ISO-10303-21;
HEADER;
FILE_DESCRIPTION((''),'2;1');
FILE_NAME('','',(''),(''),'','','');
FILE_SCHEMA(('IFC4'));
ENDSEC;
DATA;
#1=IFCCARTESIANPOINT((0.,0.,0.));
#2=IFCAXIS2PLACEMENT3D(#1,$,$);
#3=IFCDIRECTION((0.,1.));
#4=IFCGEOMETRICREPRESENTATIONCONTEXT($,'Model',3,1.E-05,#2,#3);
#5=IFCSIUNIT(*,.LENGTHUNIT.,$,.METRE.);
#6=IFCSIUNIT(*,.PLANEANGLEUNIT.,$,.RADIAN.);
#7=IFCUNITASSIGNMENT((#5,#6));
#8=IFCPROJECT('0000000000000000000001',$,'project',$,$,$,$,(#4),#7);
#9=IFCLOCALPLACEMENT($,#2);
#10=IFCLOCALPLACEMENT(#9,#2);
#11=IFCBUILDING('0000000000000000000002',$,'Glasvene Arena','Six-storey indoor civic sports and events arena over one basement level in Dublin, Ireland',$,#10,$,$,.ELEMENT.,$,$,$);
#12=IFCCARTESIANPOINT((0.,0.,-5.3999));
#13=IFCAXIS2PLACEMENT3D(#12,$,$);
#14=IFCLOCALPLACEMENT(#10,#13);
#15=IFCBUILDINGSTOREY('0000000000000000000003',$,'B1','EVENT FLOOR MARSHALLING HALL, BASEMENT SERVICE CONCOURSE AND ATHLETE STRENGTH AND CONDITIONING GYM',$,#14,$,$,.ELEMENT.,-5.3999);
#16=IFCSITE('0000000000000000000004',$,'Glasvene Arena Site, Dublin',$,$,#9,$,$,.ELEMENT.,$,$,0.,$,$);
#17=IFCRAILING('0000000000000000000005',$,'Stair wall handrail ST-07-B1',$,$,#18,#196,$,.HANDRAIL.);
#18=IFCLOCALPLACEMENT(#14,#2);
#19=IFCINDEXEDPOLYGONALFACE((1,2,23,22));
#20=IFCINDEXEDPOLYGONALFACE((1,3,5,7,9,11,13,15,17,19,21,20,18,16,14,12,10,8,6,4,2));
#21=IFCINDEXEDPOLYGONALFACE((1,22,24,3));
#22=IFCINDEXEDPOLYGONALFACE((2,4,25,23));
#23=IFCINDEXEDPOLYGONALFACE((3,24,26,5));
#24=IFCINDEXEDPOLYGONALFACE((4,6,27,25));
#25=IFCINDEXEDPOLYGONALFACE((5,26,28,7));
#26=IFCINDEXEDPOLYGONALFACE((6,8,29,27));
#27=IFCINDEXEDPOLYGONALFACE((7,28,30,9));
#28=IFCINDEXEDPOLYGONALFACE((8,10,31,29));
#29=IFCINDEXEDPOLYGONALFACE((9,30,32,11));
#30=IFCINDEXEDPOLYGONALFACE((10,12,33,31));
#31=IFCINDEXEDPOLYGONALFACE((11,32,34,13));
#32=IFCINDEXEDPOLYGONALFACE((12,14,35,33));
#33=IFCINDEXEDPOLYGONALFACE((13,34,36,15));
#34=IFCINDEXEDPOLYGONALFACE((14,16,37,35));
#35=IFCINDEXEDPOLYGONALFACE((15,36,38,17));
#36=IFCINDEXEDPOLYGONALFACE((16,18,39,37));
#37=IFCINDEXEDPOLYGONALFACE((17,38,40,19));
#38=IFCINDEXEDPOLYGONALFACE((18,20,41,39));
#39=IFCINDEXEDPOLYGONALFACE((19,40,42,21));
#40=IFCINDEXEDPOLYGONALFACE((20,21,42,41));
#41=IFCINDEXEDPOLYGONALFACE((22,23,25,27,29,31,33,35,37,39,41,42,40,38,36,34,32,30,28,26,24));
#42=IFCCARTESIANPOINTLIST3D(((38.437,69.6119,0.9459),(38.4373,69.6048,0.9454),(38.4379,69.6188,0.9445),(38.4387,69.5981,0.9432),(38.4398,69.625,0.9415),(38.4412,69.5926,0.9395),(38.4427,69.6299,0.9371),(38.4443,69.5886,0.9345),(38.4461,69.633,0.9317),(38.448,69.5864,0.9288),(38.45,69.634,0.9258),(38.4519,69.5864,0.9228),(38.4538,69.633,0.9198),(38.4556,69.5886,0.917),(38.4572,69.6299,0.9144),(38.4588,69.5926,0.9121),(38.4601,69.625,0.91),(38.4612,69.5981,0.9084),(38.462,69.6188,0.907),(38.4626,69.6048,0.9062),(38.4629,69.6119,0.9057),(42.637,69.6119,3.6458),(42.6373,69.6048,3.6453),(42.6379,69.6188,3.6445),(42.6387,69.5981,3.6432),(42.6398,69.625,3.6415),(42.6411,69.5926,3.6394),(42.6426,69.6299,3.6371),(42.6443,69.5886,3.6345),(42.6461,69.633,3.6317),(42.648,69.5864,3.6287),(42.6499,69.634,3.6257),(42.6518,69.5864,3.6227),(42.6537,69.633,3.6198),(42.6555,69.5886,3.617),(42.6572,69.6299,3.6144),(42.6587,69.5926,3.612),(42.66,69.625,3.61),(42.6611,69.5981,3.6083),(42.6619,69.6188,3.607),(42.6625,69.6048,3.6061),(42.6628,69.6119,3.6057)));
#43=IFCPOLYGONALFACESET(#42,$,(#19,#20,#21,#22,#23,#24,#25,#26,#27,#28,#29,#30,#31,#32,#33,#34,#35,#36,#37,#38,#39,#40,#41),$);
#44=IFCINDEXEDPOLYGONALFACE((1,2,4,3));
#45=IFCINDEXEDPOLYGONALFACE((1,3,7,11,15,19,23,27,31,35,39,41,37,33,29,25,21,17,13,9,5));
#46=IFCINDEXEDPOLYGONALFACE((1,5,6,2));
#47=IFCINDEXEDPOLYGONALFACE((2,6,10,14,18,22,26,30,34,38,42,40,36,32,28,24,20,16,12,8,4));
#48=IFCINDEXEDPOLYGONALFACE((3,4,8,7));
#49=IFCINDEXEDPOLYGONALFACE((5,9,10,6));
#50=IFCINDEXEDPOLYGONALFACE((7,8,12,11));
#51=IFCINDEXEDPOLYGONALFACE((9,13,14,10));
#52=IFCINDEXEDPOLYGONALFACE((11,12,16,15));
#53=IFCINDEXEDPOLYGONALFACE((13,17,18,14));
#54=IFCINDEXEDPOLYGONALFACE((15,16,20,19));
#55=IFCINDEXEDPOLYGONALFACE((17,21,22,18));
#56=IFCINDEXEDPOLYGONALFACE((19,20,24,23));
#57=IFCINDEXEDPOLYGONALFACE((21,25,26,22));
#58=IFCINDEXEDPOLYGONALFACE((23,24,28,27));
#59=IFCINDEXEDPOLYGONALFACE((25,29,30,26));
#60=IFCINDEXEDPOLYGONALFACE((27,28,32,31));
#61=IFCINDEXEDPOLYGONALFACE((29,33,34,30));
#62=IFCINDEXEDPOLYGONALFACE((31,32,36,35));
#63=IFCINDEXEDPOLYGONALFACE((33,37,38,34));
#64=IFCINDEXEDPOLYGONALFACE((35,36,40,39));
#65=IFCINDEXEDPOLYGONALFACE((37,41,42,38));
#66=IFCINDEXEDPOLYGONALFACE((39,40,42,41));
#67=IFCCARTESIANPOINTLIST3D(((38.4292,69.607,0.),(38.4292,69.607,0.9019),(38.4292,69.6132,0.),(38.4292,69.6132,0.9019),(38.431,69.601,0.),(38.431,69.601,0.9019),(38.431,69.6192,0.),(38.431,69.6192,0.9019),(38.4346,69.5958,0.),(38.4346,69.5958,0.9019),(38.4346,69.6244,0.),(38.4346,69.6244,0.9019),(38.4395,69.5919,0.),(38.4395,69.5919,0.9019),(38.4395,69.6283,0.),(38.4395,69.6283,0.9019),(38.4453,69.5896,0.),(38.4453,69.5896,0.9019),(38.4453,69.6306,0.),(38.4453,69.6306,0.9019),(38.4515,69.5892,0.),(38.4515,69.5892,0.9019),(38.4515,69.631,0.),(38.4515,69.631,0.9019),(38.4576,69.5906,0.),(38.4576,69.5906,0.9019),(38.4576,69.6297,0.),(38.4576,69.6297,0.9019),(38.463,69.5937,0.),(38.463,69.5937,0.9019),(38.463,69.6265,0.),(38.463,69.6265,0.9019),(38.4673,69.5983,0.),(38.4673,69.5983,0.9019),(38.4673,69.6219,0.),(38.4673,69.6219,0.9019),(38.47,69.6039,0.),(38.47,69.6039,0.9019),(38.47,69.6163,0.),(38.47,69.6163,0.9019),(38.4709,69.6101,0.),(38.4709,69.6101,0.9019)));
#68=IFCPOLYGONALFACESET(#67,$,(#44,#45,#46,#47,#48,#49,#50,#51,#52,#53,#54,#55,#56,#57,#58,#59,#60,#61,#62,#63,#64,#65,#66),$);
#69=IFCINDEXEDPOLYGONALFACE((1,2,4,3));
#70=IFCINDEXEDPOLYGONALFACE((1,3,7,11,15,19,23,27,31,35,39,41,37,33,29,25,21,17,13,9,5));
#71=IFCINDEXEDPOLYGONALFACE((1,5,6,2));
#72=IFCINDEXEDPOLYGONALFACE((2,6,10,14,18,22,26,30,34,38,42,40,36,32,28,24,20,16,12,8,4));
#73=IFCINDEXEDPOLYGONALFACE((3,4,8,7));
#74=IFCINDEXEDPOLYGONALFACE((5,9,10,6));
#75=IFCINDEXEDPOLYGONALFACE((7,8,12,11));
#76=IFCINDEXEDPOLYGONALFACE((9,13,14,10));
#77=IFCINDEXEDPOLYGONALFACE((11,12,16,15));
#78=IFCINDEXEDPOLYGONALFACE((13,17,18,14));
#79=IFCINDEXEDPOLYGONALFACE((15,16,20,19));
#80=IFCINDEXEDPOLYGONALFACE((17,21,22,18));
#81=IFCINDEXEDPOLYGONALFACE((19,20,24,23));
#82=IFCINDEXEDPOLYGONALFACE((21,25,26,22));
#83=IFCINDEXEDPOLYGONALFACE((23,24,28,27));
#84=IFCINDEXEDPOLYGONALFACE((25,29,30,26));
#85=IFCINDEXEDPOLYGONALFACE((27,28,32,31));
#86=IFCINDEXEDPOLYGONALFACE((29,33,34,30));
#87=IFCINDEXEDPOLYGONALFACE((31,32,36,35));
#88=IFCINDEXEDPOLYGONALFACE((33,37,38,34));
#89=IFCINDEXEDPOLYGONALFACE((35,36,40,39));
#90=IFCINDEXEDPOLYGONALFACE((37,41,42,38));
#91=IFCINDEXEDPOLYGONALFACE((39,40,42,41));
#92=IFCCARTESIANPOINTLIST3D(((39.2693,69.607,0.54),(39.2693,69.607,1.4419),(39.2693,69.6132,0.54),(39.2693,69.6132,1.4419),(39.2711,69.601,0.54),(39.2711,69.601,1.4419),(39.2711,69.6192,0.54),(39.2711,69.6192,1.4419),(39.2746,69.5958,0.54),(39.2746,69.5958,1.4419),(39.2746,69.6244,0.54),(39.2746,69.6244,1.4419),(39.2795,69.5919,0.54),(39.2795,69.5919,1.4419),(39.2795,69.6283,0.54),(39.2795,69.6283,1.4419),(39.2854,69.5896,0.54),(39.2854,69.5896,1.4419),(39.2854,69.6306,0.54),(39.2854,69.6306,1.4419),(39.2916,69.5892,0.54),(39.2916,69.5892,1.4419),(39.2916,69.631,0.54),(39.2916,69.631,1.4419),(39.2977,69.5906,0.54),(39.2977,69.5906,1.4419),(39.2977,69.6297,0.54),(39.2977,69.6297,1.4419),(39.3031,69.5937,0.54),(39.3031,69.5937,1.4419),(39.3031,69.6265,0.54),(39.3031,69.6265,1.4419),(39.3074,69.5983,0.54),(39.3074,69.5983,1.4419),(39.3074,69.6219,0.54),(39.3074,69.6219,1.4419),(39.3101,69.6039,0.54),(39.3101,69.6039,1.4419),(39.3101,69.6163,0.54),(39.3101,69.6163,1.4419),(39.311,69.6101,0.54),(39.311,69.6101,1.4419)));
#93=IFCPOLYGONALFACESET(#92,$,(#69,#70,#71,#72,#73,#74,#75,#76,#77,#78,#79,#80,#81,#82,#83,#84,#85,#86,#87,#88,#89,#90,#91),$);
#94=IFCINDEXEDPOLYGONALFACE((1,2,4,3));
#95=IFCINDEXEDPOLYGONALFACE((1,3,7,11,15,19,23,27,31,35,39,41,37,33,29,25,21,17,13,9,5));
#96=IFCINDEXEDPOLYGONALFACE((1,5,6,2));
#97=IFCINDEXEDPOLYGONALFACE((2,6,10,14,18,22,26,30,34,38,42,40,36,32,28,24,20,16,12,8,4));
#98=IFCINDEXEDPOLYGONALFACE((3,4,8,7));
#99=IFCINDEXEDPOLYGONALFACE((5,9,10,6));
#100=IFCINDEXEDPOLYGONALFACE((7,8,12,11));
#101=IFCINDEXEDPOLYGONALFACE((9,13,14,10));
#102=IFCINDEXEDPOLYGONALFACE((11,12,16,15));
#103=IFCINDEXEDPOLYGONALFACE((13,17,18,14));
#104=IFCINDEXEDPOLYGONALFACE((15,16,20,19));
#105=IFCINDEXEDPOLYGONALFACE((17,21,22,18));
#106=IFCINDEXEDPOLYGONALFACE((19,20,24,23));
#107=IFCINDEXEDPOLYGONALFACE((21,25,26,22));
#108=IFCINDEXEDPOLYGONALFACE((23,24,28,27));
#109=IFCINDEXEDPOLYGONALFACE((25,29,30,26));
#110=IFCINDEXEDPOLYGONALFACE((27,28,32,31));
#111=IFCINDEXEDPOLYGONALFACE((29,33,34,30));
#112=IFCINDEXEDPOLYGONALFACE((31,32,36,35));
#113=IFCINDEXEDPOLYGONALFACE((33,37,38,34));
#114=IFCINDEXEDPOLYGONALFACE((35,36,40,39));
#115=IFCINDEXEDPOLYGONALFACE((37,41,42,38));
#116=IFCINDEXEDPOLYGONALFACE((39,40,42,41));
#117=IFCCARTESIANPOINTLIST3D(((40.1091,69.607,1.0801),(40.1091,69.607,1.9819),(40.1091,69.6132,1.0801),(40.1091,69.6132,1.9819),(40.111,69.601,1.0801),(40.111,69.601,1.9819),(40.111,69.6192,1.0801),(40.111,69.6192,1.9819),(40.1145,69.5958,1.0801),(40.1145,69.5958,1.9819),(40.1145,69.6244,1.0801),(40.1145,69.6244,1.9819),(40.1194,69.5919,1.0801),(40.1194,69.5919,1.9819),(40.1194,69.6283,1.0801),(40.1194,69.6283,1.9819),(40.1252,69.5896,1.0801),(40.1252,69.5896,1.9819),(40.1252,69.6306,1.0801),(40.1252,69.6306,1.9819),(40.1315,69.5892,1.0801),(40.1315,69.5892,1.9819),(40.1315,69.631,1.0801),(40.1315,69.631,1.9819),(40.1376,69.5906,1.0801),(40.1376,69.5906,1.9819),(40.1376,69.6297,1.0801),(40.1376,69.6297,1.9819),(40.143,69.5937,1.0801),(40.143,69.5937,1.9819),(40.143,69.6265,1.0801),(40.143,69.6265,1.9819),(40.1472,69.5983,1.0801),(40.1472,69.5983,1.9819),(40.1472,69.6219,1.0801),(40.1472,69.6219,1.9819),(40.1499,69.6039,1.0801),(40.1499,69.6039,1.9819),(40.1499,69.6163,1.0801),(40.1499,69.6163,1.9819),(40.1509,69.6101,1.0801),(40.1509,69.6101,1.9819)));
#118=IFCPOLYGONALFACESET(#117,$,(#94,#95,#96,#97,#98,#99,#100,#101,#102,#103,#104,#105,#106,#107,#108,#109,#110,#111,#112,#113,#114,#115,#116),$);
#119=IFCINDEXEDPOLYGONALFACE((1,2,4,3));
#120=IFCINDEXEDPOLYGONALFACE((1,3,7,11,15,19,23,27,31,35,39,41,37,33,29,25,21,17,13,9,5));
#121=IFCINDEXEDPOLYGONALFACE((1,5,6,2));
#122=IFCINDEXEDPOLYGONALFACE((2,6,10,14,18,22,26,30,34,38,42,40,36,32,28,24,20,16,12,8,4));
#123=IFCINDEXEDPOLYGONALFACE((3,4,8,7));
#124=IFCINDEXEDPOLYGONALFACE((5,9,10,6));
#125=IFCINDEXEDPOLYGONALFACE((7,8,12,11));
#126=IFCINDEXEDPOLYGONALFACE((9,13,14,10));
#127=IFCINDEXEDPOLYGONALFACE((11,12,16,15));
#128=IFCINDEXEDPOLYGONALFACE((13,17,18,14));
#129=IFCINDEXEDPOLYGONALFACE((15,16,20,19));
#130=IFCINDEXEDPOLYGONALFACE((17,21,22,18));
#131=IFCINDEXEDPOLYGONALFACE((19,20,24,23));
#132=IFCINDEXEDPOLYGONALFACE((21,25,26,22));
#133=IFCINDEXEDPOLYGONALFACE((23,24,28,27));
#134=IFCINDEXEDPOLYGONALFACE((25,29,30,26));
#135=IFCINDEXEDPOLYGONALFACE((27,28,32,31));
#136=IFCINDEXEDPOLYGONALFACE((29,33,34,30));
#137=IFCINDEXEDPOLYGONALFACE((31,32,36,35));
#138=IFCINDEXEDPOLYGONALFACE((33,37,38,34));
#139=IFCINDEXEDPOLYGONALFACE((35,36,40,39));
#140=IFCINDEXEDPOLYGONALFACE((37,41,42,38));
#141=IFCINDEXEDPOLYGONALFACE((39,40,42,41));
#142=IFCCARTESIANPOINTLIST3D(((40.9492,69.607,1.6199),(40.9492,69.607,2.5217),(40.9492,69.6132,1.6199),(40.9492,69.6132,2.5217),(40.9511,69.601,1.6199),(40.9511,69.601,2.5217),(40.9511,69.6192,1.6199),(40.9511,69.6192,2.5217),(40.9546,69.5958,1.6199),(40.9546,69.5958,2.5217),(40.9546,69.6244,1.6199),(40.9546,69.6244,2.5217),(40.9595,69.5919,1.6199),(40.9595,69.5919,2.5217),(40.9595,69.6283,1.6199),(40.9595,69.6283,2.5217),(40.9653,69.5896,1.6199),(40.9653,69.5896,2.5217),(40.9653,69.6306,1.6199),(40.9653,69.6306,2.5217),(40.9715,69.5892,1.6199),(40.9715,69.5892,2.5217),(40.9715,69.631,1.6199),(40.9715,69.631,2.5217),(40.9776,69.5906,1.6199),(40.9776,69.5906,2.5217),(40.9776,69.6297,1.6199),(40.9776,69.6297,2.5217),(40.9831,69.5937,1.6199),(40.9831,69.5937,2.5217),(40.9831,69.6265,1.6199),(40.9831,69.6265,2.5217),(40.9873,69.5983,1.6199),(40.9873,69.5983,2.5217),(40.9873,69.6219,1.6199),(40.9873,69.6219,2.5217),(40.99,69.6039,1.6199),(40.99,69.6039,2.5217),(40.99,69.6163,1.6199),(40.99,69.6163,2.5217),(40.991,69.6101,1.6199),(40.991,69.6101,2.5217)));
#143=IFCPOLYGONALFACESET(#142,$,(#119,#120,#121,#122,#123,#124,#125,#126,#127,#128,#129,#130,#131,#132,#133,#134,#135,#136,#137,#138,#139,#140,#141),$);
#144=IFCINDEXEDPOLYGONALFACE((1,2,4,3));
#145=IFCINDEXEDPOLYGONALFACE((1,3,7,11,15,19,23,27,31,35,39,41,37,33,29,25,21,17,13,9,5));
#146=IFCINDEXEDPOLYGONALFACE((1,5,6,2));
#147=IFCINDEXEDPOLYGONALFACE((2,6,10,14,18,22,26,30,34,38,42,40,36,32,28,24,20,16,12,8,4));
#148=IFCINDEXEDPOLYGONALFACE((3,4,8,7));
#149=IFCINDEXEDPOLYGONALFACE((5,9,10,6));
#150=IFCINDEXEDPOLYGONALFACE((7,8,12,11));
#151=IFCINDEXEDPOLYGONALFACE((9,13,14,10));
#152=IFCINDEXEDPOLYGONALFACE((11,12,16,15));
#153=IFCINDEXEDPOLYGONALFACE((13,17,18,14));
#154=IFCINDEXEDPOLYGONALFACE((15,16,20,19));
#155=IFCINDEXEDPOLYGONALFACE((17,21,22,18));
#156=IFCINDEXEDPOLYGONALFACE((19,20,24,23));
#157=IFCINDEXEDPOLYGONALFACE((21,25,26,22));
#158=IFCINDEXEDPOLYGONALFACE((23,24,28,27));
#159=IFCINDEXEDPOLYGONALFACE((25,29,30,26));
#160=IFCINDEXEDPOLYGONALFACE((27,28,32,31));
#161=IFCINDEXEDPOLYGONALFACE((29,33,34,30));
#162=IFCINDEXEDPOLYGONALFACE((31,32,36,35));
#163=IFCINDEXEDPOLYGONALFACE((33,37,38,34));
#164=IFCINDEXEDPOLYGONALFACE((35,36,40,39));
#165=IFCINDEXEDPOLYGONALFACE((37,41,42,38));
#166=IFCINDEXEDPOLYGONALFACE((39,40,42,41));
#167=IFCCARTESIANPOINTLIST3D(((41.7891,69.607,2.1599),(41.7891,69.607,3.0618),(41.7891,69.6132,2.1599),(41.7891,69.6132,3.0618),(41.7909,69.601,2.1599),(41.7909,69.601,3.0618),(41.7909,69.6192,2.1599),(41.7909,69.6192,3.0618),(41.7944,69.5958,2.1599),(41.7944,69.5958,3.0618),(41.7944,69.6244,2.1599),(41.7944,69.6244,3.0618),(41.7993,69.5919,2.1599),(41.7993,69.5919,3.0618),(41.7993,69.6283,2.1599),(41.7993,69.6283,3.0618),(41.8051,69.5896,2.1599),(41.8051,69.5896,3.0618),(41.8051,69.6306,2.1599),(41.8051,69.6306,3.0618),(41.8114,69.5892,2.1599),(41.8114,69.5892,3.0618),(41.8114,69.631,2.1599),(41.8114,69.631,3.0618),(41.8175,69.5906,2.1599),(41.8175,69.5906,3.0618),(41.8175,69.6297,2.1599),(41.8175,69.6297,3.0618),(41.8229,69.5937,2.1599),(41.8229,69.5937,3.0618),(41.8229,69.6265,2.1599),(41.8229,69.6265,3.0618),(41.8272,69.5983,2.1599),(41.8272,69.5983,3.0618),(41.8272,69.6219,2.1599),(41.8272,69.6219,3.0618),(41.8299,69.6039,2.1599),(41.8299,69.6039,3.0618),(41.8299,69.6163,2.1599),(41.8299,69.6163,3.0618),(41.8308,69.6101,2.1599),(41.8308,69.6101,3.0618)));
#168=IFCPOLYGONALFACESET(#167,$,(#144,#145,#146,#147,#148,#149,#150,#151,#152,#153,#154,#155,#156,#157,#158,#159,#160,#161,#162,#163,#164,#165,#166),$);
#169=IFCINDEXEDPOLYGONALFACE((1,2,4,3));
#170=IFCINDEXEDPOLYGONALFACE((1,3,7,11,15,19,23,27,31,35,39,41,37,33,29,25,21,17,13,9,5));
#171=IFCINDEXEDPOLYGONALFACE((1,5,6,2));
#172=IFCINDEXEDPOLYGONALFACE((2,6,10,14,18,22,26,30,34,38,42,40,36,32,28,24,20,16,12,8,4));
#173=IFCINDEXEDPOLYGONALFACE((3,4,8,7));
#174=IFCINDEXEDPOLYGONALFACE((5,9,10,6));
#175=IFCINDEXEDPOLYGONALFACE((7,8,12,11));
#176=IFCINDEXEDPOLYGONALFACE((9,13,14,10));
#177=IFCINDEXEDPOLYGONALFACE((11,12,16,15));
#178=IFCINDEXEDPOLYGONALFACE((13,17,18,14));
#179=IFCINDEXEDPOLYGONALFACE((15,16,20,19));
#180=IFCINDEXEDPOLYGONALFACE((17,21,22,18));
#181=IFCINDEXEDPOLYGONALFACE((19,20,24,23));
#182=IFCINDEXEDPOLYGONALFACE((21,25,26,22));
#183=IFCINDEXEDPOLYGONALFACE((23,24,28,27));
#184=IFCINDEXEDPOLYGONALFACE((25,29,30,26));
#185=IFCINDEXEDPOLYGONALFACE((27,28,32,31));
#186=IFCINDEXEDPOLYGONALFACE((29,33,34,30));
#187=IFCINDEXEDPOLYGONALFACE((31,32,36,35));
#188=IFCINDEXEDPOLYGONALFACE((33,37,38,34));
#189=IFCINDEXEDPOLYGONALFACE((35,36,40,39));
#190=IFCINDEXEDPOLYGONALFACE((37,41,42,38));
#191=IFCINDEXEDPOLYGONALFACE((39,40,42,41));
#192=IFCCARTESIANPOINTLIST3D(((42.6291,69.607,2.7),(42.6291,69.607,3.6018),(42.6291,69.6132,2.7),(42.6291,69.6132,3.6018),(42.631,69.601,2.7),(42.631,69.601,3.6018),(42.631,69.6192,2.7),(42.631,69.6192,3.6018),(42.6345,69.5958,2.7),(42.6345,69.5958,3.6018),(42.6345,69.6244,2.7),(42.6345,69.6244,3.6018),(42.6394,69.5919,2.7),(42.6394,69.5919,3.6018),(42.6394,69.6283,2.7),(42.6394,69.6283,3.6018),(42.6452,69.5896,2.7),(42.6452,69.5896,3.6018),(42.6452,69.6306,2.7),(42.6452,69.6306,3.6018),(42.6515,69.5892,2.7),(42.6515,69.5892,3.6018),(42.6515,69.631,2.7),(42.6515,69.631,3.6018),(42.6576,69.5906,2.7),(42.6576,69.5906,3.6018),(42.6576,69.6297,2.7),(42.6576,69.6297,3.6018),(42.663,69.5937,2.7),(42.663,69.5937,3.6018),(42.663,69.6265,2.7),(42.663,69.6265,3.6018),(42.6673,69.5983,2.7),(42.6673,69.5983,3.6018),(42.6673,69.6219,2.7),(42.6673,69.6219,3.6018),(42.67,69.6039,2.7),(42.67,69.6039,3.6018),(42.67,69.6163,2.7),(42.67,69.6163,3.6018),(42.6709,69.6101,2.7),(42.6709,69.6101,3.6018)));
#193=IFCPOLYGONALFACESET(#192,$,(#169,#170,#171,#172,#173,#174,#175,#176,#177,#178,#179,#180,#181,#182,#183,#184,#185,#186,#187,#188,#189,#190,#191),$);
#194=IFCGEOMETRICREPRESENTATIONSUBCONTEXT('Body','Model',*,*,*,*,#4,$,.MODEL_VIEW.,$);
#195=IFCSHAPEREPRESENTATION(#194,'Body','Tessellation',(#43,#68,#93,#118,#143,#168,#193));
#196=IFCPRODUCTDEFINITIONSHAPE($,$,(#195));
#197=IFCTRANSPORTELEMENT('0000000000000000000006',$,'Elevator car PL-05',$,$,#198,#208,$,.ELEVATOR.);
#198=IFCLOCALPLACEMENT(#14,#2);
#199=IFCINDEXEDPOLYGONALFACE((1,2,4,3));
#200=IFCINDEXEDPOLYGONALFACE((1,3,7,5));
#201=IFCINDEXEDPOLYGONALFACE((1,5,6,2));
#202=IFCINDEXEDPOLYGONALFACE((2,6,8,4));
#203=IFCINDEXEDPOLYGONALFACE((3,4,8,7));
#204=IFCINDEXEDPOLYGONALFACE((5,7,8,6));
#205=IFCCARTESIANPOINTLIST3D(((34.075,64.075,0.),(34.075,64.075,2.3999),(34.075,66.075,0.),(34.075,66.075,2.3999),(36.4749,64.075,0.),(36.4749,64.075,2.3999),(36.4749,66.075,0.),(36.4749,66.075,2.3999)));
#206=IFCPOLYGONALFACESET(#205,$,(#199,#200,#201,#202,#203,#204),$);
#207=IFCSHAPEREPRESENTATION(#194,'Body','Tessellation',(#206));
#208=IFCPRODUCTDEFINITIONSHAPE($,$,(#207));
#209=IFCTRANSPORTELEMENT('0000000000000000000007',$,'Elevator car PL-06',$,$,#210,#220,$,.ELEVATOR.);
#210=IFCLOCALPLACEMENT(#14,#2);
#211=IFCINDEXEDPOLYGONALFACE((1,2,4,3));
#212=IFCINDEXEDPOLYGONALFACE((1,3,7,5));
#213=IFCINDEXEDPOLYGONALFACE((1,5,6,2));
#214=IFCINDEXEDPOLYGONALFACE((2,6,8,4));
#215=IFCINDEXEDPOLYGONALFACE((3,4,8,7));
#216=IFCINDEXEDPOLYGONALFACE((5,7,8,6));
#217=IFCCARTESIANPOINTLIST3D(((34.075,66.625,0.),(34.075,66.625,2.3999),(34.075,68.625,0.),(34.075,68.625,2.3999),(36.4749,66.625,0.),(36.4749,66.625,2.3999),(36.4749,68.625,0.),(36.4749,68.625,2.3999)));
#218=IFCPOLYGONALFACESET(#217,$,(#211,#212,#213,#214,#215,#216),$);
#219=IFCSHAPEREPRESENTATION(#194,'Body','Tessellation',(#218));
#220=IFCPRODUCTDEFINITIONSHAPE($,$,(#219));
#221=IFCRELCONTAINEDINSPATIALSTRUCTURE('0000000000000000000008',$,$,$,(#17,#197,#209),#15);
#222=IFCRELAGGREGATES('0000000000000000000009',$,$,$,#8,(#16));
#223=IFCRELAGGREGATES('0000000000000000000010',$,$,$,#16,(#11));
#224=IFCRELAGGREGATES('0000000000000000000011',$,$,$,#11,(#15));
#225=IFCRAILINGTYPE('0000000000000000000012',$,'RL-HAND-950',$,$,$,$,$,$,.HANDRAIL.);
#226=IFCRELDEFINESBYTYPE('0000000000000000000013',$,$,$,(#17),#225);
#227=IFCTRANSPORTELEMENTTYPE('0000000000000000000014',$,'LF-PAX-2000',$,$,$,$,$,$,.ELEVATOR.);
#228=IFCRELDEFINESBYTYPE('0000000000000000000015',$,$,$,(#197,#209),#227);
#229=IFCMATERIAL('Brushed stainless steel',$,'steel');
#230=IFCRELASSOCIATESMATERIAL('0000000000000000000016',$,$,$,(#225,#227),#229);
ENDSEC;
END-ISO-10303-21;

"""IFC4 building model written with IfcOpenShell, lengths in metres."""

from ifc_helpers import new_model, si_unit, direction, frame, origin, origin_2d, place, context, subcontext, project, spatial, rectangle, circle, extrude, material, type_object, element, save


model = new_model("IFC4")

# Units and contexts
model_context = context("Model", 3, precision=1e-05, world=origin(), true_north=direction((0.0, 1.0)))
body_context = subcontext(model_context, "Body", "Model", "MODEL_VIEW")
ifc_project = project(units=[si_unit("LENGTHUNIT", "METRE"), si_unit("PLANEANGLEUNIT", "RADIAN")], contexts=[model_context])

# Site, building, storey
site_placement = place(None, origin())
site = spatial("IfcSite", under=ifc_project, at=site_placement, Name="Glasvene Arena Site, Dublin", CompositionType="ELEMENT", RefElevation=0.0)
building_placement = place(site_placement, origin())
building = spatial("IfcBuilding", under=site, at=building_placement, Name="Glasvene Arena", Description="Six-storey indoor civic sports and events arena over one basement level in Dublin, Ireland", CompositionType="ELEMENT")
storey_placement = place(building_placement, frame((0.0, 0.0, -5.3999)))
storey = spatial("IfcBuildingStorey", under=building, at=storey_placement, Name="B1", Description="EVENT FLOOR MARSHALLING HALL, BASEMENT SERVICE CONCOURSE AND ATHLETE STRENGTH AND CONDITIONING GYM", CompositionType="ELEMENT", Elevation=-5.3999)

# Shared definitions
ifc_material_1 = material(Name="Brushed stainless steel", Category="steel")

# Railing
railing_type_1 = type_object("IfcRailingType", Name="RL-HAND-950", PredefinedType="HANDRAIL", material=ifc_material_1)
railing_1_placement = place(storey_placement, frame((38.45, 69.6101, 0.0)))
element("IfcRailing", 1, at=railing_1_placement, inside=storey, type_object=railing_type_1, Name="Stair wall handrail ST-07-B1", PredefinedType="HANDRAIL", context=body_context, shape_type="SweptSolid", body=[
    extrude(circle(Radius=0.0239, at=origin_2d()), frame((0.0, 0.0, 0.9258), z_axis=(0.84118, 0.0, 0.540755), x_axis=(0.0, 1.0, 0.0)), (0.0, 0.0, 1.0), 4.9929),
    extrude(circle(Radius=0.021, at=origin_2d()), origin(), (0.0, 0.0, 1.0), 0.9019),
    extrude(circle(Radius=0.021, at=origin_2d()), frame((0.8401, 0.0, 0.54)), (0.0, 0.0, 1.0), 0.9019),
    extrude(circle(Radius=0.021, at=origin_2d()), frame((1.6799, 0.0, 1.0801)), (0.0, 0.0, 1.0), 0.9019),
    extrude(circle(Radius=0.021, at=origin_2d()), frame((2.52, 0.0, 1.6199)), (0.0, 0.0, 1.0), 0.9019),
    extrude(circle(Radius=0.021, at=origin_2d()), frame((3.3599, 0.0, 2.1599)), (0.0, 0.0, 1.0), 0.9019),
    extrude(circle(Radius=0.021, at=origin_2d()), frame((4.2, 0.0, 2.7)), (0.0, 0.0, 1.0), 0.9019),
])

# Transport elements
transport_element_type = type_object("IfcTransportElementType", Name="LF-PAX-2000", PredefinedType="ELEVATOR", material=ifc_material_1)
for number, where, z_axis, x_axis, name in (
    (2, (35.2749, 65.075, 0.0), (0.0, 0.0, 1.0), (1.0, 0.0, 0.0), "Elevator car PL-05"),
    (3, (35.2749, 67.625, 0.0), (0.0, 0.0, 1.0), (1.0, 0.0, 0.0), "Elevator car PL-06"),
):
    element("IfcTransportElement", number, at=place(storey_placement, frame(where, z_axis=z_axis, x_axis=x_axis)), inside=storey, type_object=transport_element_type, Name=name, PredefinedType="ELEVATOR", context=body_context, shape_type="SweptSolid", body=[
        extrude(rectangle(XDim=2.3999, YDim=2.0, at=origin_2d()), origin(), (0.0, 0.0, 1.0), 2.3999),
    ])

save(model, "model.ifc")
